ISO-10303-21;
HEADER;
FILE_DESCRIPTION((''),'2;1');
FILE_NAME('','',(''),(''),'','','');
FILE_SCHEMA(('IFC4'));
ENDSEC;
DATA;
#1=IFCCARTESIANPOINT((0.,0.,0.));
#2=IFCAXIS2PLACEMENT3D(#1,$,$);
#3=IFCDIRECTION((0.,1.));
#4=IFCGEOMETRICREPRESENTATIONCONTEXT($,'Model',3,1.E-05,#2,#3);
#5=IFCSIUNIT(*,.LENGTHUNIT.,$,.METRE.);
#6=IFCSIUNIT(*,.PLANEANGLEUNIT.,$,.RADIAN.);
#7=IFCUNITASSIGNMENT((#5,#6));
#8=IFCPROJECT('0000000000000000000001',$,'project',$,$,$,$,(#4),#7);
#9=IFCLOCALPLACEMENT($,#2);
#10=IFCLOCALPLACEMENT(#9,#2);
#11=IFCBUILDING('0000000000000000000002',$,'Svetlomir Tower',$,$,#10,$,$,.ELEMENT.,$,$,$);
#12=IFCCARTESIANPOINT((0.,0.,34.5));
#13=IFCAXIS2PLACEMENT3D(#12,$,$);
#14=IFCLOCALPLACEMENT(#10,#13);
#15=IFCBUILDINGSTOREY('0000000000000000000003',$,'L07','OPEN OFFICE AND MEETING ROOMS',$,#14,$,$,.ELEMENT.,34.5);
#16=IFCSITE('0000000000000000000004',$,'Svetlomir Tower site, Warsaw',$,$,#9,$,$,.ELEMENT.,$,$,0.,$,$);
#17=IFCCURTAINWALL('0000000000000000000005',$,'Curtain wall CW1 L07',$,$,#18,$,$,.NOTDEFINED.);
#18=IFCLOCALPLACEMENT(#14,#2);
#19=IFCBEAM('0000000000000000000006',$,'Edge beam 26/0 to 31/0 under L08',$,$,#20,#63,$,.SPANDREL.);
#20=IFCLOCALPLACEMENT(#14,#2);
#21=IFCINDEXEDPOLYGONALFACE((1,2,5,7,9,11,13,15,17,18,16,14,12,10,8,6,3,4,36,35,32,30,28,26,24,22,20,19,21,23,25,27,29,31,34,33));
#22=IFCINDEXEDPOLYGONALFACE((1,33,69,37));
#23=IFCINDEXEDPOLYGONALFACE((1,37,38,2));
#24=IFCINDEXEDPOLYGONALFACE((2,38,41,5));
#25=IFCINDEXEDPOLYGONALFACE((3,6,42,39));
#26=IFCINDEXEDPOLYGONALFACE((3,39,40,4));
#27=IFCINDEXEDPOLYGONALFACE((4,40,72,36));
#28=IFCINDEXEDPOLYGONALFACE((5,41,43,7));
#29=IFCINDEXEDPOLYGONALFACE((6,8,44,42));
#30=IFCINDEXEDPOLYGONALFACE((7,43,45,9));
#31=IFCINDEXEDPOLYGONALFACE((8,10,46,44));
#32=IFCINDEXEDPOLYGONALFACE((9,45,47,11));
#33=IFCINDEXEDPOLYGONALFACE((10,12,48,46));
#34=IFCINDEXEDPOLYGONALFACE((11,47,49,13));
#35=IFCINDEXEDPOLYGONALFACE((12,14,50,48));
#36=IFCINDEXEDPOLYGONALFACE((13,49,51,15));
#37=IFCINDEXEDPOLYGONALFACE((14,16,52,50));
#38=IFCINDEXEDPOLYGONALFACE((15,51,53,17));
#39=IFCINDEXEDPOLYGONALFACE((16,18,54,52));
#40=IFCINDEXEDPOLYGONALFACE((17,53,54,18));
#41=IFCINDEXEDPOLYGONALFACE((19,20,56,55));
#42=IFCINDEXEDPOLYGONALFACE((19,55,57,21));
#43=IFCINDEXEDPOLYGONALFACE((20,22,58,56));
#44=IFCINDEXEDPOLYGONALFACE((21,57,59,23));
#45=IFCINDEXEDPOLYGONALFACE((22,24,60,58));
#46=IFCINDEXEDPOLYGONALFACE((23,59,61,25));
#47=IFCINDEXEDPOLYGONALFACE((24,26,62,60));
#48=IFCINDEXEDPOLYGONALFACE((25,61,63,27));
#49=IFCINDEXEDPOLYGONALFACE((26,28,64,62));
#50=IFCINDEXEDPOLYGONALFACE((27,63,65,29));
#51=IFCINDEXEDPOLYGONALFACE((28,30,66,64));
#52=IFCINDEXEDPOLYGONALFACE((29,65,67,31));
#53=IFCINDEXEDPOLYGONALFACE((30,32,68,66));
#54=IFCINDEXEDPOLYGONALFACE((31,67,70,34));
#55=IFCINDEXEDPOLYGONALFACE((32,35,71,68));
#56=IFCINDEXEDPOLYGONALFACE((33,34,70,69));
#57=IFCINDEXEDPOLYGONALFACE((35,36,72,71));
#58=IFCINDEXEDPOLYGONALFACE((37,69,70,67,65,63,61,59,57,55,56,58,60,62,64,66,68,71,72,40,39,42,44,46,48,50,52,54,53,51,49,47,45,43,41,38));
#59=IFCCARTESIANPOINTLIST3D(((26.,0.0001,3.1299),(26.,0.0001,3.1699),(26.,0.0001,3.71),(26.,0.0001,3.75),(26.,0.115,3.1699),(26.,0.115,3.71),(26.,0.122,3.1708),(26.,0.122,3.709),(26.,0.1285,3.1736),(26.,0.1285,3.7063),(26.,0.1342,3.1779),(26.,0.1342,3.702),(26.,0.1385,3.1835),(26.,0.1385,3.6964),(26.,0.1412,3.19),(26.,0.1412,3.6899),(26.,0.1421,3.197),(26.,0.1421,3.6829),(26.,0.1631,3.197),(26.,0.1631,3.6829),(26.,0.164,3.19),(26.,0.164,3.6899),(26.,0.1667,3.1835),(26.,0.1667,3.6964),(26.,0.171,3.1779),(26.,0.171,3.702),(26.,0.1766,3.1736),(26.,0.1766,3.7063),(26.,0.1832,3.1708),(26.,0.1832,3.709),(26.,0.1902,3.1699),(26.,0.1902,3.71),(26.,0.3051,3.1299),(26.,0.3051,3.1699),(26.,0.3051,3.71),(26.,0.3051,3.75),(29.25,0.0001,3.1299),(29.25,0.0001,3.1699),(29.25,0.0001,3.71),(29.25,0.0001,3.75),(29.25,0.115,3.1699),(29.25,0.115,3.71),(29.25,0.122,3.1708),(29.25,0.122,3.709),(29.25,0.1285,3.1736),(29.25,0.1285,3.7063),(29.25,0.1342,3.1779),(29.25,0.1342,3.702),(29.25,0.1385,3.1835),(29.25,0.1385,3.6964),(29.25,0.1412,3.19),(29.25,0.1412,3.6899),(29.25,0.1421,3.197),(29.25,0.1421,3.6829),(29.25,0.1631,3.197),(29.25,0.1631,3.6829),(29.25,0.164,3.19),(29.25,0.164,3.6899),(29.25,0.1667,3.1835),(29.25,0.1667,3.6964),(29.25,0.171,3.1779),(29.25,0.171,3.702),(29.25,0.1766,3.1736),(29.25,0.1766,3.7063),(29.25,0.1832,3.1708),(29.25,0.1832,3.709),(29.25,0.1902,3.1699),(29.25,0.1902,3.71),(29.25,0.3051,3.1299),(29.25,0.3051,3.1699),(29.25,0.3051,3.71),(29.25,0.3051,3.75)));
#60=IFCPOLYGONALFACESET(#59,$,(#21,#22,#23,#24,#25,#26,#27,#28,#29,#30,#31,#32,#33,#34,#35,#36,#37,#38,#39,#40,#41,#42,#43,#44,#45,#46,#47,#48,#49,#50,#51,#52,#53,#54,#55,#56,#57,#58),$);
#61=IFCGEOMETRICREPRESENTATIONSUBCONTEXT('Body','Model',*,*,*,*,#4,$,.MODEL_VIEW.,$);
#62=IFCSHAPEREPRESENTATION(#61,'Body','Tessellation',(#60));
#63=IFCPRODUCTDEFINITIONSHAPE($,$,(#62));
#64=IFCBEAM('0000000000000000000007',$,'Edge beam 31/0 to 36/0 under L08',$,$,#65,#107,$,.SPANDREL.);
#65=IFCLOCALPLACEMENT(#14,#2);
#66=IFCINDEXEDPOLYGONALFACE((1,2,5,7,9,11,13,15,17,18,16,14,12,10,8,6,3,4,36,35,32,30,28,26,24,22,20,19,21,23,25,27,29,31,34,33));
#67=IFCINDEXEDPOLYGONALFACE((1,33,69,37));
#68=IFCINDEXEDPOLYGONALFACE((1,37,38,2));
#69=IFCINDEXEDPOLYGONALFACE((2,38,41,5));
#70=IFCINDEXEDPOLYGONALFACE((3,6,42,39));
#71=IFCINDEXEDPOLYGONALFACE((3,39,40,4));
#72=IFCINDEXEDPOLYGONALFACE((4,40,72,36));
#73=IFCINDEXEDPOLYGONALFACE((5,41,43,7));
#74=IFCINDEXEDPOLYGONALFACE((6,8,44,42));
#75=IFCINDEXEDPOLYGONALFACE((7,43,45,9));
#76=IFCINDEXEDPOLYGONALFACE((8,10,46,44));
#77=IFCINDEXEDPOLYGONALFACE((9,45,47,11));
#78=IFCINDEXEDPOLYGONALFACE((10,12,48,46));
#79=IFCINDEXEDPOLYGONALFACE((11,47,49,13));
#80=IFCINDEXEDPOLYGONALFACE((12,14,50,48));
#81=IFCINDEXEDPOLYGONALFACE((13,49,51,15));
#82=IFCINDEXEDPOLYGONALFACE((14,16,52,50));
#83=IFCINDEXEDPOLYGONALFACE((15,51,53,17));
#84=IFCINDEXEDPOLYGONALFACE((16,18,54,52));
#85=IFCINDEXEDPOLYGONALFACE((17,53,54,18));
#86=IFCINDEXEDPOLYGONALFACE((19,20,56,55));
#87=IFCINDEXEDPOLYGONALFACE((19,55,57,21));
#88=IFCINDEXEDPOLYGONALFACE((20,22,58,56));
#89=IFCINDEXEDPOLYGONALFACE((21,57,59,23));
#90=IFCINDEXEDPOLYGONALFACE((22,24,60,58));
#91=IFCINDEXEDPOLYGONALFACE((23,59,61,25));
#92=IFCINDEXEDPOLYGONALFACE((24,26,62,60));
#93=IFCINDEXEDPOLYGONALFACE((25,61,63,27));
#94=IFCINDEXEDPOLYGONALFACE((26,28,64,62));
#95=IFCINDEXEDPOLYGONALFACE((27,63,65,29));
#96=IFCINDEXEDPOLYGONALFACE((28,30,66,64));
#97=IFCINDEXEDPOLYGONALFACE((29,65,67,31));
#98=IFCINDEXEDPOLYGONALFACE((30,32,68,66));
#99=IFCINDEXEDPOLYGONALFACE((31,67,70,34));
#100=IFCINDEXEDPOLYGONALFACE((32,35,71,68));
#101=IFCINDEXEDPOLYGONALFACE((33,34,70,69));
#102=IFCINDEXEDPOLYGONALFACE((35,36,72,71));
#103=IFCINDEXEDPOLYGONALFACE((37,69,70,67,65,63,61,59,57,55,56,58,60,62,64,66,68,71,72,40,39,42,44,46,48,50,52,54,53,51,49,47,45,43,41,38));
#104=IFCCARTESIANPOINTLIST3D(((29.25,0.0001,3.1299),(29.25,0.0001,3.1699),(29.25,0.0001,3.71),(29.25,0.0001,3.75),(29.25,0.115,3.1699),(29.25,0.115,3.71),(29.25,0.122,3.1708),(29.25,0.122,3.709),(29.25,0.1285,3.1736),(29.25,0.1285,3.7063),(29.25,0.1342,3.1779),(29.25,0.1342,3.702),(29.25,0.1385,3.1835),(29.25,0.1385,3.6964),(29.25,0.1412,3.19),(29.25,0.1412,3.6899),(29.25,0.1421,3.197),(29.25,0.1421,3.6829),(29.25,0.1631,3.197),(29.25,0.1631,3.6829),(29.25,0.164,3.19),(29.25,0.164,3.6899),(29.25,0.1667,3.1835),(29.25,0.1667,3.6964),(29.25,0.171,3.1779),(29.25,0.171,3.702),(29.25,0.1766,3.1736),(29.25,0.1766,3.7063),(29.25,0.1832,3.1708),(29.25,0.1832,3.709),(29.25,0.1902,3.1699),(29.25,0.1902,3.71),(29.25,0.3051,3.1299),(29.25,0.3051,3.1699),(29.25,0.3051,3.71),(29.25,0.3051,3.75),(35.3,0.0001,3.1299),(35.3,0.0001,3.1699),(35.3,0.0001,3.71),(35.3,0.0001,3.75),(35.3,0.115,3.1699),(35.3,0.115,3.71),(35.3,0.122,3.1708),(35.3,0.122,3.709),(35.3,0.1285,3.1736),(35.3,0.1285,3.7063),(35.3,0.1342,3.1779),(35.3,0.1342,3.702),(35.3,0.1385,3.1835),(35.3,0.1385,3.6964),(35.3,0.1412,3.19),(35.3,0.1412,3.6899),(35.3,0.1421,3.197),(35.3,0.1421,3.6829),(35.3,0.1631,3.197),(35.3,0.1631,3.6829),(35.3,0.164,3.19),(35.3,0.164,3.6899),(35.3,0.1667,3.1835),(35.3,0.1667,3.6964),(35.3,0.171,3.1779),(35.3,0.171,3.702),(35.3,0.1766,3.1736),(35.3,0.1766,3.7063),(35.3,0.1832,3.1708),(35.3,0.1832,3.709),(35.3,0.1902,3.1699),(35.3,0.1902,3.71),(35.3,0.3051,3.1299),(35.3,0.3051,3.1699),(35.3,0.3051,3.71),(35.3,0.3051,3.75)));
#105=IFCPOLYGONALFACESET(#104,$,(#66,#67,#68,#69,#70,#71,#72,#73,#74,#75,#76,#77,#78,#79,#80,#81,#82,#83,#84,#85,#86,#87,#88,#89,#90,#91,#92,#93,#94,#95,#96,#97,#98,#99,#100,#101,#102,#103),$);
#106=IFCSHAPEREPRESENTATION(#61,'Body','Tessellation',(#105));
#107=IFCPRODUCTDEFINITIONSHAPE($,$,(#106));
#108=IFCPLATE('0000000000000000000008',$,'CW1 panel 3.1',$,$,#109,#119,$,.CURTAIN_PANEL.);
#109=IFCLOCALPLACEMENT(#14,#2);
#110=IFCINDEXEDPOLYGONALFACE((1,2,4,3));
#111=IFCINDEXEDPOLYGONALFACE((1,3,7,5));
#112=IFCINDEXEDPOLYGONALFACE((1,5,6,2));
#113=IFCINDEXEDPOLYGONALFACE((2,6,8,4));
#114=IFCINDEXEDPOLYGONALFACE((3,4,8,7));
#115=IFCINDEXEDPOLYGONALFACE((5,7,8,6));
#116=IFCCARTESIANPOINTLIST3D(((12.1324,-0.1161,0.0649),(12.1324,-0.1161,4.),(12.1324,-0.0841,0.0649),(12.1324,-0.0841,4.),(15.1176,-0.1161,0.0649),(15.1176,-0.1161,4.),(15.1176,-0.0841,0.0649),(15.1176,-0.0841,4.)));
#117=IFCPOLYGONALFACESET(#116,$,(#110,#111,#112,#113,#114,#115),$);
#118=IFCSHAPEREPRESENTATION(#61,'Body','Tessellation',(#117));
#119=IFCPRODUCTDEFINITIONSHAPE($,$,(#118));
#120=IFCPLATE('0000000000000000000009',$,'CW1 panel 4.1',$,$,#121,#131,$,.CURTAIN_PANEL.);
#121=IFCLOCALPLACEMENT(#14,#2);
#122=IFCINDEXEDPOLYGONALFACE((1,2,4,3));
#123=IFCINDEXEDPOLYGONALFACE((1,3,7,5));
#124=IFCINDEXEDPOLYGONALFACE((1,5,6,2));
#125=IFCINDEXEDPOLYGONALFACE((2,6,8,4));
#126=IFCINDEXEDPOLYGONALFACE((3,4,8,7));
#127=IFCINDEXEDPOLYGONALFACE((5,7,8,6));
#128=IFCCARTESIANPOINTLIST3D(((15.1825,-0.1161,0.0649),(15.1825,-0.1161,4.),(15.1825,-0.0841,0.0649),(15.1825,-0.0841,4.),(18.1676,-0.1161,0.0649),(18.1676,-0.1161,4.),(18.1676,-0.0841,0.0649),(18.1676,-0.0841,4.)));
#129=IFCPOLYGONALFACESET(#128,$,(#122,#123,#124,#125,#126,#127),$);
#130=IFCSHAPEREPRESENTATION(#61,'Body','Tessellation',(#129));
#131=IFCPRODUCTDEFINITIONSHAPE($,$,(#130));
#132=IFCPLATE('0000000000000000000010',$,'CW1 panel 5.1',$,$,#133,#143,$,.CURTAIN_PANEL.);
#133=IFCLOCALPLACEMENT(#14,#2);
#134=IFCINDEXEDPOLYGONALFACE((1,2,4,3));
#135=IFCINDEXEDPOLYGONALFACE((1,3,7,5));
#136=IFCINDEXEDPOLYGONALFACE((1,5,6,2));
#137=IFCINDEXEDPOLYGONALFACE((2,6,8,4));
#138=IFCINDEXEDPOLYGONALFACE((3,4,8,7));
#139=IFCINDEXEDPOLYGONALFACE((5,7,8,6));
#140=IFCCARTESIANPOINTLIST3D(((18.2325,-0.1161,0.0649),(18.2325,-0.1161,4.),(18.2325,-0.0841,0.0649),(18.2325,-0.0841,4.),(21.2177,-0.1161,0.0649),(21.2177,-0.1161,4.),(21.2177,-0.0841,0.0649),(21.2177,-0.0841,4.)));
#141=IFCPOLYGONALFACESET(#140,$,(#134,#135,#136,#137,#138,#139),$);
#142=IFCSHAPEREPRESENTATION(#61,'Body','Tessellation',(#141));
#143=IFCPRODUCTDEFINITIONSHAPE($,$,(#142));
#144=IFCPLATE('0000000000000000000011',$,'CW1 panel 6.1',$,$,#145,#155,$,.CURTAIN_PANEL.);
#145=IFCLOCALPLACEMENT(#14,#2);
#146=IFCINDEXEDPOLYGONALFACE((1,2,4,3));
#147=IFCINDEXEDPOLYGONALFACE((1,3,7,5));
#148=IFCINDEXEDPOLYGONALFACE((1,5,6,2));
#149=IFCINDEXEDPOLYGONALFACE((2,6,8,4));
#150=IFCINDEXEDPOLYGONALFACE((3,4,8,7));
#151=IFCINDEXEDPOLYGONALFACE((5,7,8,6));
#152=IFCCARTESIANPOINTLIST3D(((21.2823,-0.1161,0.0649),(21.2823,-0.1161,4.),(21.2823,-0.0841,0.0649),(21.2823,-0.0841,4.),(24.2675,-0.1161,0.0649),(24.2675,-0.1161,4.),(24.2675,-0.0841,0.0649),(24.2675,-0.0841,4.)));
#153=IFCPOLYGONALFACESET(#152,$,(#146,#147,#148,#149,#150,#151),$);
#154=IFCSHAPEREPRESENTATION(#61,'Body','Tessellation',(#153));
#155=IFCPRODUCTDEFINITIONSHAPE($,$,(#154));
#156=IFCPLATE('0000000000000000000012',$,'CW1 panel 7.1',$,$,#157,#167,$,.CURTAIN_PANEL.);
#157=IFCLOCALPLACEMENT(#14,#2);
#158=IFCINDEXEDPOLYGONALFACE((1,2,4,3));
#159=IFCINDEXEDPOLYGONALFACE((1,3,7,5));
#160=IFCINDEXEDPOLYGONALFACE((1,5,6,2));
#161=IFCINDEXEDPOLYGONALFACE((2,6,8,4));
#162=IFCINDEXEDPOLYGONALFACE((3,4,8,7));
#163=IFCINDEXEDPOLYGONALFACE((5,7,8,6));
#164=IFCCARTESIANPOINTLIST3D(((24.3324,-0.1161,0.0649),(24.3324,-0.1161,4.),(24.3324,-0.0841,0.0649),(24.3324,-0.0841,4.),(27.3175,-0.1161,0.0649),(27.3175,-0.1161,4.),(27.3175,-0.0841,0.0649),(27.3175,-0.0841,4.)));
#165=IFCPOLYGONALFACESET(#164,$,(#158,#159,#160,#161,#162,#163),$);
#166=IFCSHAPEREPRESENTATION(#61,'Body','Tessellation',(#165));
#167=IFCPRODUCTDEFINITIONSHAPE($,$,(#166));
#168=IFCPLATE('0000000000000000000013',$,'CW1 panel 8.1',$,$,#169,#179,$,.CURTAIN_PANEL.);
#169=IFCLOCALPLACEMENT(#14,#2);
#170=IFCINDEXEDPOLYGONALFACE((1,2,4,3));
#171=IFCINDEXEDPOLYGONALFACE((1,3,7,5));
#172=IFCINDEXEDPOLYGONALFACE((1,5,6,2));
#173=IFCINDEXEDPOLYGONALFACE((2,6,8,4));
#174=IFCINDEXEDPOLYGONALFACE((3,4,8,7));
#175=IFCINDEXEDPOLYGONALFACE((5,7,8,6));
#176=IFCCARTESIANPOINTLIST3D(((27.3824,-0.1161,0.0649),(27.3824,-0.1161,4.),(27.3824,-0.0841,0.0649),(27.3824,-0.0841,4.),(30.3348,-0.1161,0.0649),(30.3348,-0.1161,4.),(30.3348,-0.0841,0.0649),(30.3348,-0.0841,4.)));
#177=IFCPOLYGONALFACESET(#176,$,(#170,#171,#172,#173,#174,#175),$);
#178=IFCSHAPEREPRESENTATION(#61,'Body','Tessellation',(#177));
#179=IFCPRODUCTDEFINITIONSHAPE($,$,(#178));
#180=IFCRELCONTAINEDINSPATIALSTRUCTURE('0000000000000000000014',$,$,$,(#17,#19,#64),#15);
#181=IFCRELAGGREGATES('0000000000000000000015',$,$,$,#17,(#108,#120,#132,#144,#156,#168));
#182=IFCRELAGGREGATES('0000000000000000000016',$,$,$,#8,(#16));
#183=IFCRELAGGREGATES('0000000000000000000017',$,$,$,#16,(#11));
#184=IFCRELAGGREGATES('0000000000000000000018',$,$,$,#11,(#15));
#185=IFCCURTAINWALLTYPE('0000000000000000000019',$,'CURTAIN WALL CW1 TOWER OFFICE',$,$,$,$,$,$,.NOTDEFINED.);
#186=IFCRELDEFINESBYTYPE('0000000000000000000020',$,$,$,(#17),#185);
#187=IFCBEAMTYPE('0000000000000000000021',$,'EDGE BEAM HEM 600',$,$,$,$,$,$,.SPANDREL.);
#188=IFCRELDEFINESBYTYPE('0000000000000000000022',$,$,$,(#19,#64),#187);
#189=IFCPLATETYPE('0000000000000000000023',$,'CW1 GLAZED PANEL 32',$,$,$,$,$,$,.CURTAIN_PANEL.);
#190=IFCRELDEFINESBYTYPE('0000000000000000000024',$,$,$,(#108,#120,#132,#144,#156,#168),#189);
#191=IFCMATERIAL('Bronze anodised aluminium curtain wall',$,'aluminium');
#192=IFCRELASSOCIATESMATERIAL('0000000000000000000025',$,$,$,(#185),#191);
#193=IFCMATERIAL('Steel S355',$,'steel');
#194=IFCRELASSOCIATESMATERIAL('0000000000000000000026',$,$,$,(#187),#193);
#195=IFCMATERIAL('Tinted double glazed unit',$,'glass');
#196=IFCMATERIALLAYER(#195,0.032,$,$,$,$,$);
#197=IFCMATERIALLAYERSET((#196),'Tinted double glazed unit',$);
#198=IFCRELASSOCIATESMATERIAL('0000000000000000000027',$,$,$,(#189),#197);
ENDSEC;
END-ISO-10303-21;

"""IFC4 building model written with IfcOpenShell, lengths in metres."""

from ifc_helpers import new_model, si_unit, direction, frame, origin, origin_2d, place, context, subcontext, project, spatial, rectangle, i_section, extrude, material, layer, layer_set, material_profile, profile_set, type_object, element, aggregate, save


model = new_model("IFC4")

# Units and contexts
model_context = context("Model", 3, precision=1e-05, world=origin(), true_north=direction((0.0, 1.0)))
body_context = subcontext(model_context, "Body", "Model", "MODEL_VIEW")
ifc_project = project(units=[si_unit("LENGTHUNIT", "METRE"), si_unit("PLANEANGLEUNIT", "RADIAN")], contexts=[model_context])

# Site, building, storey
site_placement = place(None, origin())
site = spatial("IfcSite", under=ifc_project, at=site_placement, Name="Svetlomir Tower site, Warsaw", CompositionType="ELEMENT", RefElevation=0.0)
building_placement = place(site_placement, origin())
building = spatial("IfcBuilding", under=site, at=building_placement, Name="Svetlomir Tower", CompositionType="ELEMENT")
storey_placement = place(building_placement, frame((0.0, 0.0, 34.5)))
storey = spatial("IfcBuildingStorey", under=building, at=storey_placement, Name="L07", Description="OPEN OFFICE AND MEETING ROOMS", CompositionType="ELEMENT", Elevation=34.5)

# Curtain wall
ifc_material_1 = material(Name="Bronze anodised aluminium curtain wall", Category="aluminium")
curtain_wall_type = type_object("IfcCurtainWallType", Name="CURTAIN WALL CW1 TOWER OFFICE", PredefinedType="NOTDEFINED", material=ifc_material_1)
curtain_wall_placement = place(storey_placement, origin())
curtain_wall = element("IfcCurtainWall", 1, at=curtain_wall_placement, inside=storey, type_object=curtain_wall_type, Name="Curtain wall CW1 L07", PredefinedType="NOTDEFINED")

# Beams
ifc_material_2 = material(Name="Steel S355", Category="steel")
ifc_material_profile_1 = material_profile(ifc_material_2, i_section(OverallWidth=0.3049, OverallDepth=0.6201, WebThickness=0.021, FlangeThickness=0.04, FilletRadius=0.0271, at=origin_2d()), Name="HEM 600")
ifc_profile_set_1 = profile_set([ifc_material_profile_1], Name="Steel S355")
beam_type_1 = type_object("IfcBeamType", Name="EDGE BEAM HEM 600", PredefinedType="SPANDREL", material=ifc_profile_set_1)
beam_1_placement = place(storey_placement, frame((26.0, 0.1526, 3.4399), z_axis=(1.0, 0.0, 0.0), x_axis=(0.0, 1.0, 0.0)))
element("IfcBeam", 2, at=beam_1_placement, inside=storey, type_object=beam_type_1, Name="Edge beam 26/0 to 31/0 under L08", PredefinedType="SPANDREL", context=body_context, shape_type="SweptSolid", body=[
    extrude(i_section(OverallWidth=0.3049, OverallDepth=0.6201, WebThickness=0.021, FlangeThickness=0.04, FilletRadius=0.0271, at=origin_2d()), origin(), (0.0, 0.0, 1.0), 3.25),
])
beam_2_placement = place(storey_placement, frame((29.25, 0.1526, 3.4399), z_axis=(1.0, 0.0, 0.0), x_axis=(0.0, 1.0, 0.0)))
element("IfcBeam", 3, at=beam_2_placement, inside=storey, type_object=beam_type_1, Name="Edge beam 31/0 to 36/0 under L08", PredefinedType="SPANDREL", context=body_context, shape_type="SweptSolid", body=[
    extrude(i_section(OverallWidth=0.3049, OverallDepth=0.6201, WebThickness=0.021, FlangeThickness=0.04, FilletRadius=0.0271, at=origin_2d()), origin(), (0.0, 0.0, 1.0), 6.05),
])

# Plates
ifc_material_3 = material(Name="Tinted double glazed unit", Category="glass")
ifc_layer_1 = layer(ifc_material_3, 0.032)
ifc_layer_set_1 = layer_set([ifc_layer_1], Name="Tinted double glazed unit")
plate_type = type_object("IfcPlateType", Name="CW1 GLAZED PANEL 32", PredefinedType="CURTAIN_PANEL", material=ifc_layer_set_1)
plate_1_placement = place(storey_placement, frame((13.625, -0.1001, 0.0649), z_axis=(0.0, 0.0, 1.0), x_axis=(1.0, 0.0, 0.0)))
plate_1 = element("IfcPlate", 4, at=plate_1_placement, type_object=plate_type, Name="CW1 panel 3.1", PredefinedType="CURTAIN_PANEL", context=body_context, shape_type="SweptSolid", body=[
    extrude(rectangle(XDim=2.9851, YDim=0.032, at=origin_2d()), origin(), (0.0, 0.0, 1.0), 3.9351),
])
plate_2_placement = place(storey_placement, frame((16.675, -0.1001, 0.0649), z_axis=(0.0, 0.0, 1.0), x_axis=(1.0, 0.0, 0.0)))
plate_2 = element("IfcPlate", 5, at=plate_2_placement, type_object=plate_type, Name="CW1 panel 4.1", PredefinedType="CURTAIN_PANEL", context=body_context, shape_type="SweptSolid", body=[
    extrude(rectangle(XDim=2.9851, YDim=0.032, at=origin_2d()), origin(), (0.0, 0.0, 1.0), 3.9351),
])
plate_3_placement = place(storey_placement, frame((19.7251, -0.1001, 0.0649), z_axis=(0.0, 0.0, 1.0), x_axis=(1.0, 0.0, 0.0)))
plate_3 = element("IfcPlate", 6, at=plate_3_placement, type_object=plate_type, Name="CW1 panel 5.1", PredefinedType="CURTAIN_PANEL", context=body_context, shape_type="SweptSolid", body=[
    extrude(rectangle(XDim=2.9851, YDim=0.032, at=origin_2d()), origin(), (0.0, 0.0, 1.0), 3.9351),
])
plate_4_placement = place(storey_placement, frame((22.7749, -0.1001, 0.0649), z_axis=(0.0, 0.0, 1.0), x_axis=(1.0, 0.0, 0.0)))
plate_4 = element("IfcPlate", 7, at=plate_4_placement, type_object=plate_type, Name="CW1 panel 6.1", PredefinedType="CURTAIN_PANEL", context=body_context, shape_type="SweptSolid", body=[
    extrude(rectangle(XDim=2.9851, YDim=0.032, at=origin_2d()), origin(), (0.0, 0.0, 1.0), 3.9351),
])
plate_5_placement = place(storey_placement, frame((25.825, -0.1001, 0.0649), z_axis=(0.0, 0.0, 1.0), x_axis=(1.0, 0.0, 0.0)))
plate_5 = element("IfcPlate", 8, at=plate_5_placement, type_object=plate_type, Name="CW1 panel 7.1", PredefinedType="CURTAIN_PANEL", context=body_context, shape_type="SweptSolid", body=[
    extrude(rectangle(XDim=2.9851, YDim=0.032, at=origin_2d()), origin(), (0.0, 0.0, 1.0), 3.9351),
])
plate_6_placement = place(storey_placement, frame((28.8586, -0.1001, 0.0649), z_axis=(0.0, 0.0, 1.0), x_axis=(1.0, 0.0, 0.0)))
plate_6 = element("IfcPlate", 9, at=plate_6_placement, type_object=plate_type, Name="CW1 panel 8.1", PredefinedType="CURTAIN_PANEL", context=body_context, shape_type="SweptSolid", body=[
    extrude(rectangle(XDim=2.9524, YDim=0.032, at=origin_2d()), origin(), (0.0, 0.0, 1.0), 3.9351),
])
aggregate(curtain_wall, [plate_1, plate_2, plate_3, plate_4, plate_5, plate_6])

save(model, "model.ifc")
